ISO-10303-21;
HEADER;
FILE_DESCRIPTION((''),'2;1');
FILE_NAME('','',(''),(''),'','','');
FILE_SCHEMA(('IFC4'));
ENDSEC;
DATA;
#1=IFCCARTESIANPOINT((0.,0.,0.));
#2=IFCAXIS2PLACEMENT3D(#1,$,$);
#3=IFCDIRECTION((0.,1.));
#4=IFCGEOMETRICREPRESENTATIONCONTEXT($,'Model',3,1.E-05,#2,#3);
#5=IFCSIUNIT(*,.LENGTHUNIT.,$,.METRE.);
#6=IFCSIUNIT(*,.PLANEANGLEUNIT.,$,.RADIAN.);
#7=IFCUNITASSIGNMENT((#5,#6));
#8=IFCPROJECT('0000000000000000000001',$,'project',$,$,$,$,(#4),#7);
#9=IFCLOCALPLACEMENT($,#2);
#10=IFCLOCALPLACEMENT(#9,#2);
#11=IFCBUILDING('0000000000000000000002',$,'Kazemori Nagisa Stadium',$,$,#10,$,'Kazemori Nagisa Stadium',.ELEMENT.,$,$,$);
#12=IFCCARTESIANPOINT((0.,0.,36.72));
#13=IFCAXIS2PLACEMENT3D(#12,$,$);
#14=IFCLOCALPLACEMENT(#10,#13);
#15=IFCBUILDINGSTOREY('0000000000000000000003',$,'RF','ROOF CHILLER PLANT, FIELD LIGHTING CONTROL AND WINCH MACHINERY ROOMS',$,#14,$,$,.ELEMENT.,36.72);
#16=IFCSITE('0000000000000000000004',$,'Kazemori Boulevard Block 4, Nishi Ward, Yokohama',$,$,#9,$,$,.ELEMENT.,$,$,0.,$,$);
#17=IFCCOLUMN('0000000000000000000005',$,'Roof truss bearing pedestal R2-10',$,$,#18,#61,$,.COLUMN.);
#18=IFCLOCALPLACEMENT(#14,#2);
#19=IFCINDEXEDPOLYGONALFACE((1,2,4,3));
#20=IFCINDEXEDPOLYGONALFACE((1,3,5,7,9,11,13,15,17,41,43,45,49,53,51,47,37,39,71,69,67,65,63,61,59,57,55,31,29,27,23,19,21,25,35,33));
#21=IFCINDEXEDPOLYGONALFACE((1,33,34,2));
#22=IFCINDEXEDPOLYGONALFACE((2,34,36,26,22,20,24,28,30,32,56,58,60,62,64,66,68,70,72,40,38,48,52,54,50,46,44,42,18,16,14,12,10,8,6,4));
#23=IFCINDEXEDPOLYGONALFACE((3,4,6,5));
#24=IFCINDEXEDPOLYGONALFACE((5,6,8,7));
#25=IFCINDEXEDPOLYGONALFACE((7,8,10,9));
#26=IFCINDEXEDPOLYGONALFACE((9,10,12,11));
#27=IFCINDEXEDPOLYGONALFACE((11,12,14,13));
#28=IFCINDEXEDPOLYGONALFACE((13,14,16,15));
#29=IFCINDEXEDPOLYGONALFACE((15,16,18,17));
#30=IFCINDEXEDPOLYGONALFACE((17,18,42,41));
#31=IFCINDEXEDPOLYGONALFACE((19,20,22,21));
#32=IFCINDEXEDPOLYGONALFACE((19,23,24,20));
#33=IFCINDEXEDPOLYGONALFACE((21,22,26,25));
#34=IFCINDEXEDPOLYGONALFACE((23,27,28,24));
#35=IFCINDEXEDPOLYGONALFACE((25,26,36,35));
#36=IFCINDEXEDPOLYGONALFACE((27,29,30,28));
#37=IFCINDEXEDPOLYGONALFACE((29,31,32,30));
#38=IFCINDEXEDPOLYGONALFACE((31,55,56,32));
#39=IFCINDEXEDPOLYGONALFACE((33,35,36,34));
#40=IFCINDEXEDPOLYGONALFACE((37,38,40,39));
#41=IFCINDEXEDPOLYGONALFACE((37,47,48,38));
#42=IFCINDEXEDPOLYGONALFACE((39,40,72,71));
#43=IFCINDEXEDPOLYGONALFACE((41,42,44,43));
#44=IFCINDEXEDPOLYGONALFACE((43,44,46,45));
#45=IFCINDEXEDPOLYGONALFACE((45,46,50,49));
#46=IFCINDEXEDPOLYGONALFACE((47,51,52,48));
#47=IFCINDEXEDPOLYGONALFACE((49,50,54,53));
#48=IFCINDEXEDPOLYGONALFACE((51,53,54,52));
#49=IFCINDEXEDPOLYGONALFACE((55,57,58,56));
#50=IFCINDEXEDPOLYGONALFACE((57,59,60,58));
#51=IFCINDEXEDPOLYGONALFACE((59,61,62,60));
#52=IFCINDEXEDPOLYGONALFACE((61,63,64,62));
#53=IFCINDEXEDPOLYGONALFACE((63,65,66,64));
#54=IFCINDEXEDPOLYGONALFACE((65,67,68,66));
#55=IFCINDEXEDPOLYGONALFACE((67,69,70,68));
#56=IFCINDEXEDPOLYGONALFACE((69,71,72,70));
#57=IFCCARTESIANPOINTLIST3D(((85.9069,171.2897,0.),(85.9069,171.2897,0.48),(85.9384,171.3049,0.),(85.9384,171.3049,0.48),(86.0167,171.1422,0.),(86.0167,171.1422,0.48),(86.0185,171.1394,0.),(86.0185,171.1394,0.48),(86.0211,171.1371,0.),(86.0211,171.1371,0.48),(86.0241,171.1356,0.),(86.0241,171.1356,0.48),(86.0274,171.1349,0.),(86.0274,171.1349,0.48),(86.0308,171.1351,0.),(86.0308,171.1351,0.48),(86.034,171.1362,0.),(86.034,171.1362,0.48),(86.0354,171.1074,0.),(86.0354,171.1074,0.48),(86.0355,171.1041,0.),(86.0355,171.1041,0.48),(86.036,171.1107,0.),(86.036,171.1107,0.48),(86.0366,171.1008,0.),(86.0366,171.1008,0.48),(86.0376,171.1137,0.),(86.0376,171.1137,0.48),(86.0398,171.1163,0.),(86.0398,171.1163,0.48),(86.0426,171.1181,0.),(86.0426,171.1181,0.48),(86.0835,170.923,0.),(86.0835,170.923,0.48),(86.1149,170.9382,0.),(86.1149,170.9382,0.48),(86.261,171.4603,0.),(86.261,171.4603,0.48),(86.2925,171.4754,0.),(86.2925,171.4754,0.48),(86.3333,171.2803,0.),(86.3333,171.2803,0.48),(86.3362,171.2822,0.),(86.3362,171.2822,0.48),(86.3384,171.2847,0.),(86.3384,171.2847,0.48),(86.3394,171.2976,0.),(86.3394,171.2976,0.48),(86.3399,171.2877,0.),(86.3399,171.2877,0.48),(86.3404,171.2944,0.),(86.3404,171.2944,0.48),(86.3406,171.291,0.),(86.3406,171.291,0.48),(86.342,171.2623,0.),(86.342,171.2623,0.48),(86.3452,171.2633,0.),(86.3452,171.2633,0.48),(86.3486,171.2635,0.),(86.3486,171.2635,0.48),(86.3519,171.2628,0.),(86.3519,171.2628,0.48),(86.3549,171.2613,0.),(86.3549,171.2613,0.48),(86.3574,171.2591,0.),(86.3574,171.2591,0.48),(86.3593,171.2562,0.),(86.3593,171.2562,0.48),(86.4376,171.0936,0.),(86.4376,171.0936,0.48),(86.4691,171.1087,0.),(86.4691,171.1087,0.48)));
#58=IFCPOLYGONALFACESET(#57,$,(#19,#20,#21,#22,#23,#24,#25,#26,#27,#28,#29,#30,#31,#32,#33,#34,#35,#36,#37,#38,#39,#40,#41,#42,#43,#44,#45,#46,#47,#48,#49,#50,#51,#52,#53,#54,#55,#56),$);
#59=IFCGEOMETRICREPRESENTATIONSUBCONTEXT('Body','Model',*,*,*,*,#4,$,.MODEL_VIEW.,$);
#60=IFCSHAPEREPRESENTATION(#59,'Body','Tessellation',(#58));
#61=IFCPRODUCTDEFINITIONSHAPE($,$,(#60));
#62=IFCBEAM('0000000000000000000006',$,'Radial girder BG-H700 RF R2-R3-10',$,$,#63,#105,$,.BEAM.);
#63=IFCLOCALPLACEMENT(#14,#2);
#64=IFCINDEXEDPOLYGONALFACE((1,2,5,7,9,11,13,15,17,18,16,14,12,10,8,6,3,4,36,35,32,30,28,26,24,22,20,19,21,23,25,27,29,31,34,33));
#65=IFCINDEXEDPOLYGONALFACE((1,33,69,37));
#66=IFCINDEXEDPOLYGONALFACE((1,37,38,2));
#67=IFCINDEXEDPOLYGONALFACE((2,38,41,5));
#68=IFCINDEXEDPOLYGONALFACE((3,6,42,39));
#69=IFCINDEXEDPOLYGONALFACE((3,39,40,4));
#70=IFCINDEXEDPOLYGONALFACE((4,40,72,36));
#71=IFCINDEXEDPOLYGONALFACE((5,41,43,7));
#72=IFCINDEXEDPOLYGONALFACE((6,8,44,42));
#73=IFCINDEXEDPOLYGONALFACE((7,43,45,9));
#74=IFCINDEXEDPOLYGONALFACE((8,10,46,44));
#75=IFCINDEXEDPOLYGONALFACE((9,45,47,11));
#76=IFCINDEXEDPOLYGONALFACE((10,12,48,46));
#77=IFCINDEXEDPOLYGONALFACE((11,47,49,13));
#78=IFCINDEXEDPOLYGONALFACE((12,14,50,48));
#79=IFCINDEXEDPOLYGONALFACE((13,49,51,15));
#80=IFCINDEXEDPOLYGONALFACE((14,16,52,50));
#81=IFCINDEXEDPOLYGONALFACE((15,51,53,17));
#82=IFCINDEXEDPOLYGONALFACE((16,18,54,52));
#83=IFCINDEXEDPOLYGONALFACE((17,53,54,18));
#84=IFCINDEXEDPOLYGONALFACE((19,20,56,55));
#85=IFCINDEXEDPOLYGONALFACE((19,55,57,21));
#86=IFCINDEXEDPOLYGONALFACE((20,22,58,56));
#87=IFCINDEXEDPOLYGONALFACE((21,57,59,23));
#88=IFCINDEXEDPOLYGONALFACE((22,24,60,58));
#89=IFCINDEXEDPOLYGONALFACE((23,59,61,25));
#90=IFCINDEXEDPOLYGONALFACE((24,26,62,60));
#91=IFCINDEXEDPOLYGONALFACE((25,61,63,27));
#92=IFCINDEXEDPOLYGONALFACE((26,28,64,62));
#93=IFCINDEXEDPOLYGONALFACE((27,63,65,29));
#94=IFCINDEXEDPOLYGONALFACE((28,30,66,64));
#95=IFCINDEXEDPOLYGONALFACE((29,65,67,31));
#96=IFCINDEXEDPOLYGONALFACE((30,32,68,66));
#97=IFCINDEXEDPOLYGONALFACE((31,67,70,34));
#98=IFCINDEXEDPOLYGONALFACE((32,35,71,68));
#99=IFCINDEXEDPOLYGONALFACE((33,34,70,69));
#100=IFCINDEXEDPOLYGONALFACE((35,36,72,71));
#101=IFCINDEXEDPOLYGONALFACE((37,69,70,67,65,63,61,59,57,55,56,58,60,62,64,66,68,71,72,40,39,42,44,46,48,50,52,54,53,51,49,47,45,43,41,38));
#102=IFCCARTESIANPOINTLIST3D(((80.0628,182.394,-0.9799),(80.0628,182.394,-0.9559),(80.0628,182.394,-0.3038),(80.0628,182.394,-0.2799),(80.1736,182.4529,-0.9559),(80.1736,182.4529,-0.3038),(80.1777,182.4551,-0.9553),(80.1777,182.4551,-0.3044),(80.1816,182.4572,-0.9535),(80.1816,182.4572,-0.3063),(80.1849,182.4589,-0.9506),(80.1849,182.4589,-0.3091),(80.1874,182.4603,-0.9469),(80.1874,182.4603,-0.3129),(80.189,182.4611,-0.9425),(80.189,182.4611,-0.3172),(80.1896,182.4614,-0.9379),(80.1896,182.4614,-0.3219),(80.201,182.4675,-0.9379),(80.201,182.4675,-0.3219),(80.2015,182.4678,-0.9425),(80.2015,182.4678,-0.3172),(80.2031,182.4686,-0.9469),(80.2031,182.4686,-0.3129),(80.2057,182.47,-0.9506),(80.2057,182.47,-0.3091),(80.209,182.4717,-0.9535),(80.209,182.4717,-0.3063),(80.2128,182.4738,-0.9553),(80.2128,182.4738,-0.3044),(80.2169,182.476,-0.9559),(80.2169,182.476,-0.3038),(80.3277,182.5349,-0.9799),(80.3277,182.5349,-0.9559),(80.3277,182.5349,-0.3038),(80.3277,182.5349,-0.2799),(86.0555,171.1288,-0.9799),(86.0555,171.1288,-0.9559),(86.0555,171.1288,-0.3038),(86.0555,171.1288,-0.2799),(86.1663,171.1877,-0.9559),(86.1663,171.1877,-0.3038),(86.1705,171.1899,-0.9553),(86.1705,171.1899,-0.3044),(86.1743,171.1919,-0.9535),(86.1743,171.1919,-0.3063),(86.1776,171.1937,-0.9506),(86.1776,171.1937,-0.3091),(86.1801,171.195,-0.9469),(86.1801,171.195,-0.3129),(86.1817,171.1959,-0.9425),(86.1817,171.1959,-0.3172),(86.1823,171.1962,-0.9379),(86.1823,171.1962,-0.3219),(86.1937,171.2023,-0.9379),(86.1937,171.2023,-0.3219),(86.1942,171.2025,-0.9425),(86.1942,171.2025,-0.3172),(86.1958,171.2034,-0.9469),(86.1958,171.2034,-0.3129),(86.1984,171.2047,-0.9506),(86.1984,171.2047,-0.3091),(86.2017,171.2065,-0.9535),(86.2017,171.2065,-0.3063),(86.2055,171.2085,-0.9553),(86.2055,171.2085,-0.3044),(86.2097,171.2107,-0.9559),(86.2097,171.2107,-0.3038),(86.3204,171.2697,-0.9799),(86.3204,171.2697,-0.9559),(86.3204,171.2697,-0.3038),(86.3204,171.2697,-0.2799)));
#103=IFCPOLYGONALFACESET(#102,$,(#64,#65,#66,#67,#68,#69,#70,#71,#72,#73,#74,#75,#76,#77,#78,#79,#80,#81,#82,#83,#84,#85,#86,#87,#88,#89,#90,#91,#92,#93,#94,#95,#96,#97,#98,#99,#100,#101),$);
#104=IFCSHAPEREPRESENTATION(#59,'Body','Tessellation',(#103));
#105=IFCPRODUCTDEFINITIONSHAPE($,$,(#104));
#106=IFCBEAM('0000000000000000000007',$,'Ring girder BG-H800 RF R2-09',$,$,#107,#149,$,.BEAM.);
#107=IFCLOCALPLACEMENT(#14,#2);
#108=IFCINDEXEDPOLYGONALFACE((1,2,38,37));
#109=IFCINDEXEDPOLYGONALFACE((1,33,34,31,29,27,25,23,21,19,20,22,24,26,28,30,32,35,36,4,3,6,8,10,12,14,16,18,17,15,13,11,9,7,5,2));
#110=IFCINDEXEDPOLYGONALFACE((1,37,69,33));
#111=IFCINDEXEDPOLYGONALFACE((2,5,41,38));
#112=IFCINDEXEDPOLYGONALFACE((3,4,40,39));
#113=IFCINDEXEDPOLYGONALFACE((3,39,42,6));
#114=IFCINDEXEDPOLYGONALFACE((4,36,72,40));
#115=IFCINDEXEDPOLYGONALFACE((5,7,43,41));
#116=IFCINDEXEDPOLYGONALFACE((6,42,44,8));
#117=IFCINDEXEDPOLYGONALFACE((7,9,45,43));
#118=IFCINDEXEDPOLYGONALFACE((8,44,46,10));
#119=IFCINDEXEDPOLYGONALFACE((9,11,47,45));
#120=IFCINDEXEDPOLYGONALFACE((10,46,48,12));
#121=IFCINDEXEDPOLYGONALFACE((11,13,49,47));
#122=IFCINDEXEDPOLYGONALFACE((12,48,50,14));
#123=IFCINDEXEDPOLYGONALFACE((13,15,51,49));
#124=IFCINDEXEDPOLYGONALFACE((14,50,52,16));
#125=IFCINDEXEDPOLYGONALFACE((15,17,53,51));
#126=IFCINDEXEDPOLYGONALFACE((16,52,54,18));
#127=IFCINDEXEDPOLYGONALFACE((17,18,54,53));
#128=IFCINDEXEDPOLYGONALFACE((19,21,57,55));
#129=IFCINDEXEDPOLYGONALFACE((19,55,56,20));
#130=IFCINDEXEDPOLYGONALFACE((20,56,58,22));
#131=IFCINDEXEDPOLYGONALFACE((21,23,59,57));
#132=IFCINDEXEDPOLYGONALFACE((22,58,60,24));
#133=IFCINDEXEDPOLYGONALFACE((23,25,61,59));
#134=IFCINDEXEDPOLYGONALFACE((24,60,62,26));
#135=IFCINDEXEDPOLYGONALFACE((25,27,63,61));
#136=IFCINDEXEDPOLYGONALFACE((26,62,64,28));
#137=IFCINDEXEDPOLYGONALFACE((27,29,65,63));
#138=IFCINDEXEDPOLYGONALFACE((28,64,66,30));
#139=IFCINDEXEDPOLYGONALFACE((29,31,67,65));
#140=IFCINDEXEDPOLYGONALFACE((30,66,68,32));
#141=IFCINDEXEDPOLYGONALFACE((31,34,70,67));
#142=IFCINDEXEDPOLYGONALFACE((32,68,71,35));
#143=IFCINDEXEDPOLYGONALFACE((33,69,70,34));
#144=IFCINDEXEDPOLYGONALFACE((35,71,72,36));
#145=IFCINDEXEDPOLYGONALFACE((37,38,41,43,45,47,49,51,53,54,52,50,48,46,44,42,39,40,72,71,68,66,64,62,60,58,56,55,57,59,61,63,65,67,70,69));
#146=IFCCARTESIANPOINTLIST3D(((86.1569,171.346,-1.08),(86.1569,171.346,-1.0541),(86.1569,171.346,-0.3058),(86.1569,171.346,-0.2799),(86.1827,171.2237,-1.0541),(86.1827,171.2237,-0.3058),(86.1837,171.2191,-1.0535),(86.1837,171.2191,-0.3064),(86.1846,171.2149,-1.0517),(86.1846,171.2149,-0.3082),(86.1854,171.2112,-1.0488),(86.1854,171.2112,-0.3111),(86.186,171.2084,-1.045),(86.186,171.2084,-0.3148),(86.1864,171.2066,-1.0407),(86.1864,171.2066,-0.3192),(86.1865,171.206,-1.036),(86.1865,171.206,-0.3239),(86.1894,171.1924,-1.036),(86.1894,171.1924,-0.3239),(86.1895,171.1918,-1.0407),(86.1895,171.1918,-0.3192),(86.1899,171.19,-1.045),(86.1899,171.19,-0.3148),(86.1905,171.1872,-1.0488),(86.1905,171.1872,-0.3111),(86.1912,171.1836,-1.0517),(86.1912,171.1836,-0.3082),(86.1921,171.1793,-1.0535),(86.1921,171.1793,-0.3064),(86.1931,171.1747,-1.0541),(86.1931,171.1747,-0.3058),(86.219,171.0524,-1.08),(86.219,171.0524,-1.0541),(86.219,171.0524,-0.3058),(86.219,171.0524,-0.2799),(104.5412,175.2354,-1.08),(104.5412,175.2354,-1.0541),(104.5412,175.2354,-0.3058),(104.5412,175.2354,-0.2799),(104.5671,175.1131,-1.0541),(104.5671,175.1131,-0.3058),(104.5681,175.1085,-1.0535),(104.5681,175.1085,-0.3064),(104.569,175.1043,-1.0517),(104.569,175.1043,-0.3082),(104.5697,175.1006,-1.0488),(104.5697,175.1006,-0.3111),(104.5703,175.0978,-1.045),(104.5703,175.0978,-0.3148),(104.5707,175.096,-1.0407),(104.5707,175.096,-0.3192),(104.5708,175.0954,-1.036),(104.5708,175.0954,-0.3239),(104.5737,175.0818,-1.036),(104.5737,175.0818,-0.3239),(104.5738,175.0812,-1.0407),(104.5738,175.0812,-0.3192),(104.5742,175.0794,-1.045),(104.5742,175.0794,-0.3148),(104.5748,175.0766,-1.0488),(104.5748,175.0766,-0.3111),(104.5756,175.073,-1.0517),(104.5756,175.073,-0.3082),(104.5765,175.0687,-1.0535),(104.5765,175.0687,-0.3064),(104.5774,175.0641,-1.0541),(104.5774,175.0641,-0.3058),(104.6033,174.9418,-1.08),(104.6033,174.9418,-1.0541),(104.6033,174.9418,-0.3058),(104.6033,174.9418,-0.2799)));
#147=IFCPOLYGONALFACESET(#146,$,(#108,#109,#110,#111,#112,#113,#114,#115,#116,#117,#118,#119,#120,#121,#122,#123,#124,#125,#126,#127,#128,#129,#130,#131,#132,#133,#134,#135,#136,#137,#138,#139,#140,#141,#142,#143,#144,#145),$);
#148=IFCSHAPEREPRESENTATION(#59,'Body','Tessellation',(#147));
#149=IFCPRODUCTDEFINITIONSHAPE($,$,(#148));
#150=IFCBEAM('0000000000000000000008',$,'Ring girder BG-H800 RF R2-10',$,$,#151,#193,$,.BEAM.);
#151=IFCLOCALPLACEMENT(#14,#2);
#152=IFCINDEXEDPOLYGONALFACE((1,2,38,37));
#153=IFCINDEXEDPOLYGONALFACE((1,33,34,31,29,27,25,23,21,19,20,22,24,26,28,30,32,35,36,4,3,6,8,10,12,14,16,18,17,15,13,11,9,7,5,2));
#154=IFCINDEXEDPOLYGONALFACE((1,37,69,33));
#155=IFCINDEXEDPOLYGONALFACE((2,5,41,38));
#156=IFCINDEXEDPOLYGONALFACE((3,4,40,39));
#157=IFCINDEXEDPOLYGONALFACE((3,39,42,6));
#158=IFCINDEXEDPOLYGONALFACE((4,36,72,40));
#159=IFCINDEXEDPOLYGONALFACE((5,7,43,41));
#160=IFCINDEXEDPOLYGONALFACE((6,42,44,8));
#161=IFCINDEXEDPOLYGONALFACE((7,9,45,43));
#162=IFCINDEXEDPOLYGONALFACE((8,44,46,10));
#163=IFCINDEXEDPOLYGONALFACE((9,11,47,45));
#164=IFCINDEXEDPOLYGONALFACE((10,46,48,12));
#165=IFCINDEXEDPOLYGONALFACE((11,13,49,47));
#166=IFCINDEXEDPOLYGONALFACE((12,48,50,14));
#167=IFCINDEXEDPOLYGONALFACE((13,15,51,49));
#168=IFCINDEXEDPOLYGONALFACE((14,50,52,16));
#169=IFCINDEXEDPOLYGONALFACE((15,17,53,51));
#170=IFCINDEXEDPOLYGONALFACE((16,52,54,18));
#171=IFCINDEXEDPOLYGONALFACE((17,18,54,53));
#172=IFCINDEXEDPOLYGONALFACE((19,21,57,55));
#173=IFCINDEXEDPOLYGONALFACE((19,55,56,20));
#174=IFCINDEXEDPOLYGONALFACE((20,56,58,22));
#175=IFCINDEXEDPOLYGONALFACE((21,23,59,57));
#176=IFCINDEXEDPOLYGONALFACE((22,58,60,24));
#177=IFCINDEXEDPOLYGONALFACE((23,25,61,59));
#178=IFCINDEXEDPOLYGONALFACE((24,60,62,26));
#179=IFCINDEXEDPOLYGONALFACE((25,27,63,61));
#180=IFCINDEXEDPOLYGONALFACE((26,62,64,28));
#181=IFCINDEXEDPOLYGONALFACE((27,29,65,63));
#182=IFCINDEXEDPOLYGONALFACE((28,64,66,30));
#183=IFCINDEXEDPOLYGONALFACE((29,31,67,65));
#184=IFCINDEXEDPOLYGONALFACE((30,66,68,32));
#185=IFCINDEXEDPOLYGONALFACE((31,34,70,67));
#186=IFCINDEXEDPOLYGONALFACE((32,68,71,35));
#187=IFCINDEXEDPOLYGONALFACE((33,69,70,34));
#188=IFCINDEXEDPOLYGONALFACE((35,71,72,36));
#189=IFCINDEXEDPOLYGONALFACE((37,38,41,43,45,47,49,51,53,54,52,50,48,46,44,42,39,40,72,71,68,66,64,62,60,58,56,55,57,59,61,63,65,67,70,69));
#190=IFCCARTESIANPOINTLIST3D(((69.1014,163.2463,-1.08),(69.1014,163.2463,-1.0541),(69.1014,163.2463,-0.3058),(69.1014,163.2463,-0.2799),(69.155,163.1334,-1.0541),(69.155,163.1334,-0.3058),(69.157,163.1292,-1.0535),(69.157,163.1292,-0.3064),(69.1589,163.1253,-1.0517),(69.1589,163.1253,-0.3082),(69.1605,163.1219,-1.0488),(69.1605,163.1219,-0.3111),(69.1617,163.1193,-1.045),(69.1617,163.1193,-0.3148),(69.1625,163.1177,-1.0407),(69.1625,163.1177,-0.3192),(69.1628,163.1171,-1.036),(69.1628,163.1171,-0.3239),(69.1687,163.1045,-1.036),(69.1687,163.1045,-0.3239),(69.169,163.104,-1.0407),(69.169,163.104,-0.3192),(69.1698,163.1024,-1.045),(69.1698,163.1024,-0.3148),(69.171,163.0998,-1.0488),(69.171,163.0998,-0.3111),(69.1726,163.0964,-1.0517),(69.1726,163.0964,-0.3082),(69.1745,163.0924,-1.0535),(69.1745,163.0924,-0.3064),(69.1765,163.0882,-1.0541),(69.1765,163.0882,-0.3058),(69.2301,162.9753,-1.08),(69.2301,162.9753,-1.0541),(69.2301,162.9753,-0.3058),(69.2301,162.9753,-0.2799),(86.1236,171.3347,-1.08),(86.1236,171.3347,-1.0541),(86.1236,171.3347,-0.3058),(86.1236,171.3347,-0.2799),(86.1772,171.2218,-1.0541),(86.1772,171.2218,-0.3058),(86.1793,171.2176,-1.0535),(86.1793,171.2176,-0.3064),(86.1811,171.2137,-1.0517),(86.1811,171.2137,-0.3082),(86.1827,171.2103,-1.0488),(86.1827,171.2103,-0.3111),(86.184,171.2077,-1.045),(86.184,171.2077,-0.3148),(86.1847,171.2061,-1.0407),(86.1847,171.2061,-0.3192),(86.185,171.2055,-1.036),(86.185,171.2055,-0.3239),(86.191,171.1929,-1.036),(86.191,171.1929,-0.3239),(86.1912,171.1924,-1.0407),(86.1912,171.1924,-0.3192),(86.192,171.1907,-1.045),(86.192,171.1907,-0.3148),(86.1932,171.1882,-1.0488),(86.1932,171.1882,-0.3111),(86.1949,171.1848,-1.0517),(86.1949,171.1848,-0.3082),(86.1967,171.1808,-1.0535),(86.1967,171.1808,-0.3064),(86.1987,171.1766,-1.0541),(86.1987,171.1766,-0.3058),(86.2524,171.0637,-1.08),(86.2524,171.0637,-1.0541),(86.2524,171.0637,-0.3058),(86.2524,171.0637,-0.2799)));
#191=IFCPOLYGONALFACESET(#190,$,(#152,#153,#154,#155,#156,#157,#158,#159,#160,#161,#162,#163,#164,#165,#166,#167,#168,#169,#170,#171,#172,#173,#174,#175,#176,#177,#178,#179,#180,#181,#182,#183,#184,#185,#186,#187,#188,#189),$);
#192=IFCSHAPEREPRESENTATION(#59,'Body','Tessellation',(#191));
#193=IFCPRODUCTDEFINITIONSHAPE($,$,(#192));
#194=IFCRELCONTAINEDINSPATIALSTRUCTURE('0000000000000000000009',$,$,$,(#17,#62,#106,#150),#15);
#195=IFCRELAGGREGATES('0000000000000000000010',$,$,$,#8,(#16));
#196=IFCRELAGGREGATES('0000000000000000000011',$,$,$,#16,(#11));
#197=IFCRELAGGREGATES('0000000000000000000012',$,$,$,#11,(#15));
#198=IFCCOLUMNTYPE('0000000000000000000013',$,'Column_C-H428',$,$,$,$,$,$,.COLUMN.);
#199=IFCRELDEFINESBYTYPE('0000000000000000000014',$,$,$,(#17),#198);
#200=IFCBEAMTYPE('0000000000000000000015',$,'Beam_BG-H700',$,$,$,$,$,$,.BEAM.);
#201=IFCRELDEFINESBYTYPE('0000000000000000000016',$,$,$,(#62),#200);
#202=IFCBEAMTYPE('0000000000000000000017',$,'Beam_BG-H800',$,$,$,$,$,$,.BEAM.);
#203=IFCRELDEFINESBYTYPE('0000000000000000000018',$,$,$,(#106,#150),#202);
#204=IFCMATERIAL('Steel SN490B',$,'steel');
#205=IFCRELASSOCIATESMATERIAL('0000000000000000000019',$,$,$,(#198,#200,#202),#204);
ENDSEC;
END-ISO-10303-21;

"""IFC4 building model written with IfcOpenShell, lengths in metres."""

from ifc_helpers import new_model, si_unit, direction, frame, origin, origin_2d, place, context, subcontext, project, spatial, i_section, extrude, material, material_profile, profile_set, type_object, element, save


model = new_model("IFC4")

# Units and contexts
model_context = context("Model", 3, precision=1e-05, world=origin(), true_north=direction((0.0, 1.0)))
body_context = subcontext(model_context, "Body", "Model", "MODEL_VIEW")
ifc_project = project(units=[si_unit("LENGTHUNIT", "METRE"), si_unit("PLANEANGLEUNIT", "RADIAN")], contexts=[model_context])

# Site, building, storey
site_placement = place(None, origin())
site = spatial("IfcSite", under=ifc_project, at=site_placement, Name="Kazemori Boulevard Block 4, Nishi Ward, Yokohama", CompositionType="ELEMENT", RefElevation=0.0)
building_placement = place(site_placement, origin())
building = spatial("IfcBuilding", under=site, at=building_placement, Name="Kazemori Nagisa Stadium", LongName="Kazemori Nagisa Stadium", CompositionType="ELEMENT")
storey_placement = place(building_placement, frame((0.0, 0.0, 36.72)))
storey = spatial("IfcBuildingStorey", under=building, at=storey_placement, Name="RF", Description="ROOF CHILLER PLANT, FIELD LIGHTING CONTROL AND WINCH MACHINERY ROOMS", CompositionType="ELEMENT", Elevation=36.72)

# Column
ifc_material_1 = material(Name="Steel SN490B", Category="steel")
ifc_material_profile_1 = material_profile(ifc_material_1, i_section(OverallWidth=0.407, OverallDepth=0.428, WebThickness=0.02, FlangeThickness=0.0349, FilletRadius=0.0129, at=origin_2d()), Name="H-428x407x20x35")
ifc_profile_set_1 = profile_set([ifc_material_profile_1], Name="Steel SN490B")
column_type = type_object("IfcColumnType", Name="Column_C-H428", PredefinedType="COLUMN", material=ifc_profile_set_1)
column_placement = place(storey_placement, frame((86.188, 171.1992, 0.0), z_axis=(0.0, 0.0, 1.0), x_axis=(-0.433884, 0.900969, 0.0)))
element("IfcColumn", 1, at=column_placement, inside=storey, type_object=column_type, Name="Roof truss bearing pedestal R2-10", PredefinedType="COLUMN", context=body_context, shape_type="SweptSolid", body=[
    extrude(i_section(OverallWidth=0.407, OverallDepth=0.428, WebThickness=0.02, FlangeThickness=0.0349, FilletRadius=0.0129, at=origin_2d()), origin(), (0.0, 0.0, 1.0), 0.48),
])

# Beams
ifc_material_profile_2 = material_profile(ifc_material_1, i_section(OverallWidth=0.3, OverallDepth=0.7, WebThickness=0.0129, FlangeThickness=0.0239, FilletRadius=0.0181, at=origin_2d()), Name="H-700x300x13x24")
ifc_profile_set_2 = profile_set([ifc_material_profile_2], Name="Steel SN490B")
beam_type_1 = type_object("IfcBeamType", Name="Beam_BG-H700", PredefinedType="BEAM", material=ifc_profile_set_2)
beam_1_placement = place(storey_placement, frame((86.188, 171.1992, -0.6299), z_axis=(-0.469649, 0.882853, 0.0), x_axis=(-0.882853, -0.469649, 0.0)))
element("IfcBeam", 2, at=beam_1_placement, inside=storey, type_object=beam_type_1, Name="Radial girder BG-H700 RF R2-R3-10", PredefinedType="BEAM", context=body_context, shape_type="SweptSolid", body=[
    extrude(i_section(OverallWidth=0.3, OverallDepth=0.7, WebThickness=0.0129, FlangeThickness=0.0239, FilletRadius=0.0181, at=origin_2d()), origin(), (0.0, 0.0, 1.0), 12.76),
])
ifc_material_profile_3 = material_profile(ifc_material_1, i_section(OverallWidth=0.3, OverallDepth=0.8, WebThickness=0.0139, FlangeThickness=0.0259, FilletRadius=0.0181, at=origin_2d()), Name="H-800x300x14x26")
ifc_profile_set_3 = profile_set([ifc_material_profile_3], Name="Steel SN490B")
beam_type_2 = type_object("IfcBeamType", Name="Beam_BG-H800", PredefinedType="BEAM", material=ifc_profile_set_3)
beam_2_placement = place(storey_placement, frame((104.5723, 175.0886, -0.6799), z_axis=(-0.978345, -0.20698, 0.0), x_axis=(0.20698, -0.978345, 0.0)))
element("IfcBeam", 3, at=beam_2_placement, inside=storey, type_object=beam_type_2, Name="Ring girder BG-H800 RF R2-09", PredefinedType="BEAM", context=body_context, shape_type="SweptSolid", body=[
    extrude(i_section(OverallWidth=0.3, OverallDepth=0.8, WebThickness=0.0139, FlangeThickness=0.0259, FilletRadius=0.0181, at=origin_2d()), origin(), (0.0, 0.0, 1.0), 18.7913),
])
beam_3_placement = place(storey_placement, frame((86.188, 171.1992, -0.6799), z_axis=(-0.903219, -0.429179, 0.0), x_axis=(0.429179, -0.903219, 0.0)))
element("IfcBeam", 4, at=beam_3_placement, inside=storey, type_object=beam_type_2, Name="Ring girder BG-H800 RF R2-10", PredefinedType="BEAM", context=body_context, shape_type="SweptSolid", body=[
    extrude(i_section(OverallWidth=0.3, OverallDepth=0.8, WebThickness=0.0139, FlangeThickness=0.0259, FilletRadius=0.0181, at=origin_2d()), origin(), (0.0, 0.0, 1.0), 18.8462),
])

save(model, "model.ifc")
